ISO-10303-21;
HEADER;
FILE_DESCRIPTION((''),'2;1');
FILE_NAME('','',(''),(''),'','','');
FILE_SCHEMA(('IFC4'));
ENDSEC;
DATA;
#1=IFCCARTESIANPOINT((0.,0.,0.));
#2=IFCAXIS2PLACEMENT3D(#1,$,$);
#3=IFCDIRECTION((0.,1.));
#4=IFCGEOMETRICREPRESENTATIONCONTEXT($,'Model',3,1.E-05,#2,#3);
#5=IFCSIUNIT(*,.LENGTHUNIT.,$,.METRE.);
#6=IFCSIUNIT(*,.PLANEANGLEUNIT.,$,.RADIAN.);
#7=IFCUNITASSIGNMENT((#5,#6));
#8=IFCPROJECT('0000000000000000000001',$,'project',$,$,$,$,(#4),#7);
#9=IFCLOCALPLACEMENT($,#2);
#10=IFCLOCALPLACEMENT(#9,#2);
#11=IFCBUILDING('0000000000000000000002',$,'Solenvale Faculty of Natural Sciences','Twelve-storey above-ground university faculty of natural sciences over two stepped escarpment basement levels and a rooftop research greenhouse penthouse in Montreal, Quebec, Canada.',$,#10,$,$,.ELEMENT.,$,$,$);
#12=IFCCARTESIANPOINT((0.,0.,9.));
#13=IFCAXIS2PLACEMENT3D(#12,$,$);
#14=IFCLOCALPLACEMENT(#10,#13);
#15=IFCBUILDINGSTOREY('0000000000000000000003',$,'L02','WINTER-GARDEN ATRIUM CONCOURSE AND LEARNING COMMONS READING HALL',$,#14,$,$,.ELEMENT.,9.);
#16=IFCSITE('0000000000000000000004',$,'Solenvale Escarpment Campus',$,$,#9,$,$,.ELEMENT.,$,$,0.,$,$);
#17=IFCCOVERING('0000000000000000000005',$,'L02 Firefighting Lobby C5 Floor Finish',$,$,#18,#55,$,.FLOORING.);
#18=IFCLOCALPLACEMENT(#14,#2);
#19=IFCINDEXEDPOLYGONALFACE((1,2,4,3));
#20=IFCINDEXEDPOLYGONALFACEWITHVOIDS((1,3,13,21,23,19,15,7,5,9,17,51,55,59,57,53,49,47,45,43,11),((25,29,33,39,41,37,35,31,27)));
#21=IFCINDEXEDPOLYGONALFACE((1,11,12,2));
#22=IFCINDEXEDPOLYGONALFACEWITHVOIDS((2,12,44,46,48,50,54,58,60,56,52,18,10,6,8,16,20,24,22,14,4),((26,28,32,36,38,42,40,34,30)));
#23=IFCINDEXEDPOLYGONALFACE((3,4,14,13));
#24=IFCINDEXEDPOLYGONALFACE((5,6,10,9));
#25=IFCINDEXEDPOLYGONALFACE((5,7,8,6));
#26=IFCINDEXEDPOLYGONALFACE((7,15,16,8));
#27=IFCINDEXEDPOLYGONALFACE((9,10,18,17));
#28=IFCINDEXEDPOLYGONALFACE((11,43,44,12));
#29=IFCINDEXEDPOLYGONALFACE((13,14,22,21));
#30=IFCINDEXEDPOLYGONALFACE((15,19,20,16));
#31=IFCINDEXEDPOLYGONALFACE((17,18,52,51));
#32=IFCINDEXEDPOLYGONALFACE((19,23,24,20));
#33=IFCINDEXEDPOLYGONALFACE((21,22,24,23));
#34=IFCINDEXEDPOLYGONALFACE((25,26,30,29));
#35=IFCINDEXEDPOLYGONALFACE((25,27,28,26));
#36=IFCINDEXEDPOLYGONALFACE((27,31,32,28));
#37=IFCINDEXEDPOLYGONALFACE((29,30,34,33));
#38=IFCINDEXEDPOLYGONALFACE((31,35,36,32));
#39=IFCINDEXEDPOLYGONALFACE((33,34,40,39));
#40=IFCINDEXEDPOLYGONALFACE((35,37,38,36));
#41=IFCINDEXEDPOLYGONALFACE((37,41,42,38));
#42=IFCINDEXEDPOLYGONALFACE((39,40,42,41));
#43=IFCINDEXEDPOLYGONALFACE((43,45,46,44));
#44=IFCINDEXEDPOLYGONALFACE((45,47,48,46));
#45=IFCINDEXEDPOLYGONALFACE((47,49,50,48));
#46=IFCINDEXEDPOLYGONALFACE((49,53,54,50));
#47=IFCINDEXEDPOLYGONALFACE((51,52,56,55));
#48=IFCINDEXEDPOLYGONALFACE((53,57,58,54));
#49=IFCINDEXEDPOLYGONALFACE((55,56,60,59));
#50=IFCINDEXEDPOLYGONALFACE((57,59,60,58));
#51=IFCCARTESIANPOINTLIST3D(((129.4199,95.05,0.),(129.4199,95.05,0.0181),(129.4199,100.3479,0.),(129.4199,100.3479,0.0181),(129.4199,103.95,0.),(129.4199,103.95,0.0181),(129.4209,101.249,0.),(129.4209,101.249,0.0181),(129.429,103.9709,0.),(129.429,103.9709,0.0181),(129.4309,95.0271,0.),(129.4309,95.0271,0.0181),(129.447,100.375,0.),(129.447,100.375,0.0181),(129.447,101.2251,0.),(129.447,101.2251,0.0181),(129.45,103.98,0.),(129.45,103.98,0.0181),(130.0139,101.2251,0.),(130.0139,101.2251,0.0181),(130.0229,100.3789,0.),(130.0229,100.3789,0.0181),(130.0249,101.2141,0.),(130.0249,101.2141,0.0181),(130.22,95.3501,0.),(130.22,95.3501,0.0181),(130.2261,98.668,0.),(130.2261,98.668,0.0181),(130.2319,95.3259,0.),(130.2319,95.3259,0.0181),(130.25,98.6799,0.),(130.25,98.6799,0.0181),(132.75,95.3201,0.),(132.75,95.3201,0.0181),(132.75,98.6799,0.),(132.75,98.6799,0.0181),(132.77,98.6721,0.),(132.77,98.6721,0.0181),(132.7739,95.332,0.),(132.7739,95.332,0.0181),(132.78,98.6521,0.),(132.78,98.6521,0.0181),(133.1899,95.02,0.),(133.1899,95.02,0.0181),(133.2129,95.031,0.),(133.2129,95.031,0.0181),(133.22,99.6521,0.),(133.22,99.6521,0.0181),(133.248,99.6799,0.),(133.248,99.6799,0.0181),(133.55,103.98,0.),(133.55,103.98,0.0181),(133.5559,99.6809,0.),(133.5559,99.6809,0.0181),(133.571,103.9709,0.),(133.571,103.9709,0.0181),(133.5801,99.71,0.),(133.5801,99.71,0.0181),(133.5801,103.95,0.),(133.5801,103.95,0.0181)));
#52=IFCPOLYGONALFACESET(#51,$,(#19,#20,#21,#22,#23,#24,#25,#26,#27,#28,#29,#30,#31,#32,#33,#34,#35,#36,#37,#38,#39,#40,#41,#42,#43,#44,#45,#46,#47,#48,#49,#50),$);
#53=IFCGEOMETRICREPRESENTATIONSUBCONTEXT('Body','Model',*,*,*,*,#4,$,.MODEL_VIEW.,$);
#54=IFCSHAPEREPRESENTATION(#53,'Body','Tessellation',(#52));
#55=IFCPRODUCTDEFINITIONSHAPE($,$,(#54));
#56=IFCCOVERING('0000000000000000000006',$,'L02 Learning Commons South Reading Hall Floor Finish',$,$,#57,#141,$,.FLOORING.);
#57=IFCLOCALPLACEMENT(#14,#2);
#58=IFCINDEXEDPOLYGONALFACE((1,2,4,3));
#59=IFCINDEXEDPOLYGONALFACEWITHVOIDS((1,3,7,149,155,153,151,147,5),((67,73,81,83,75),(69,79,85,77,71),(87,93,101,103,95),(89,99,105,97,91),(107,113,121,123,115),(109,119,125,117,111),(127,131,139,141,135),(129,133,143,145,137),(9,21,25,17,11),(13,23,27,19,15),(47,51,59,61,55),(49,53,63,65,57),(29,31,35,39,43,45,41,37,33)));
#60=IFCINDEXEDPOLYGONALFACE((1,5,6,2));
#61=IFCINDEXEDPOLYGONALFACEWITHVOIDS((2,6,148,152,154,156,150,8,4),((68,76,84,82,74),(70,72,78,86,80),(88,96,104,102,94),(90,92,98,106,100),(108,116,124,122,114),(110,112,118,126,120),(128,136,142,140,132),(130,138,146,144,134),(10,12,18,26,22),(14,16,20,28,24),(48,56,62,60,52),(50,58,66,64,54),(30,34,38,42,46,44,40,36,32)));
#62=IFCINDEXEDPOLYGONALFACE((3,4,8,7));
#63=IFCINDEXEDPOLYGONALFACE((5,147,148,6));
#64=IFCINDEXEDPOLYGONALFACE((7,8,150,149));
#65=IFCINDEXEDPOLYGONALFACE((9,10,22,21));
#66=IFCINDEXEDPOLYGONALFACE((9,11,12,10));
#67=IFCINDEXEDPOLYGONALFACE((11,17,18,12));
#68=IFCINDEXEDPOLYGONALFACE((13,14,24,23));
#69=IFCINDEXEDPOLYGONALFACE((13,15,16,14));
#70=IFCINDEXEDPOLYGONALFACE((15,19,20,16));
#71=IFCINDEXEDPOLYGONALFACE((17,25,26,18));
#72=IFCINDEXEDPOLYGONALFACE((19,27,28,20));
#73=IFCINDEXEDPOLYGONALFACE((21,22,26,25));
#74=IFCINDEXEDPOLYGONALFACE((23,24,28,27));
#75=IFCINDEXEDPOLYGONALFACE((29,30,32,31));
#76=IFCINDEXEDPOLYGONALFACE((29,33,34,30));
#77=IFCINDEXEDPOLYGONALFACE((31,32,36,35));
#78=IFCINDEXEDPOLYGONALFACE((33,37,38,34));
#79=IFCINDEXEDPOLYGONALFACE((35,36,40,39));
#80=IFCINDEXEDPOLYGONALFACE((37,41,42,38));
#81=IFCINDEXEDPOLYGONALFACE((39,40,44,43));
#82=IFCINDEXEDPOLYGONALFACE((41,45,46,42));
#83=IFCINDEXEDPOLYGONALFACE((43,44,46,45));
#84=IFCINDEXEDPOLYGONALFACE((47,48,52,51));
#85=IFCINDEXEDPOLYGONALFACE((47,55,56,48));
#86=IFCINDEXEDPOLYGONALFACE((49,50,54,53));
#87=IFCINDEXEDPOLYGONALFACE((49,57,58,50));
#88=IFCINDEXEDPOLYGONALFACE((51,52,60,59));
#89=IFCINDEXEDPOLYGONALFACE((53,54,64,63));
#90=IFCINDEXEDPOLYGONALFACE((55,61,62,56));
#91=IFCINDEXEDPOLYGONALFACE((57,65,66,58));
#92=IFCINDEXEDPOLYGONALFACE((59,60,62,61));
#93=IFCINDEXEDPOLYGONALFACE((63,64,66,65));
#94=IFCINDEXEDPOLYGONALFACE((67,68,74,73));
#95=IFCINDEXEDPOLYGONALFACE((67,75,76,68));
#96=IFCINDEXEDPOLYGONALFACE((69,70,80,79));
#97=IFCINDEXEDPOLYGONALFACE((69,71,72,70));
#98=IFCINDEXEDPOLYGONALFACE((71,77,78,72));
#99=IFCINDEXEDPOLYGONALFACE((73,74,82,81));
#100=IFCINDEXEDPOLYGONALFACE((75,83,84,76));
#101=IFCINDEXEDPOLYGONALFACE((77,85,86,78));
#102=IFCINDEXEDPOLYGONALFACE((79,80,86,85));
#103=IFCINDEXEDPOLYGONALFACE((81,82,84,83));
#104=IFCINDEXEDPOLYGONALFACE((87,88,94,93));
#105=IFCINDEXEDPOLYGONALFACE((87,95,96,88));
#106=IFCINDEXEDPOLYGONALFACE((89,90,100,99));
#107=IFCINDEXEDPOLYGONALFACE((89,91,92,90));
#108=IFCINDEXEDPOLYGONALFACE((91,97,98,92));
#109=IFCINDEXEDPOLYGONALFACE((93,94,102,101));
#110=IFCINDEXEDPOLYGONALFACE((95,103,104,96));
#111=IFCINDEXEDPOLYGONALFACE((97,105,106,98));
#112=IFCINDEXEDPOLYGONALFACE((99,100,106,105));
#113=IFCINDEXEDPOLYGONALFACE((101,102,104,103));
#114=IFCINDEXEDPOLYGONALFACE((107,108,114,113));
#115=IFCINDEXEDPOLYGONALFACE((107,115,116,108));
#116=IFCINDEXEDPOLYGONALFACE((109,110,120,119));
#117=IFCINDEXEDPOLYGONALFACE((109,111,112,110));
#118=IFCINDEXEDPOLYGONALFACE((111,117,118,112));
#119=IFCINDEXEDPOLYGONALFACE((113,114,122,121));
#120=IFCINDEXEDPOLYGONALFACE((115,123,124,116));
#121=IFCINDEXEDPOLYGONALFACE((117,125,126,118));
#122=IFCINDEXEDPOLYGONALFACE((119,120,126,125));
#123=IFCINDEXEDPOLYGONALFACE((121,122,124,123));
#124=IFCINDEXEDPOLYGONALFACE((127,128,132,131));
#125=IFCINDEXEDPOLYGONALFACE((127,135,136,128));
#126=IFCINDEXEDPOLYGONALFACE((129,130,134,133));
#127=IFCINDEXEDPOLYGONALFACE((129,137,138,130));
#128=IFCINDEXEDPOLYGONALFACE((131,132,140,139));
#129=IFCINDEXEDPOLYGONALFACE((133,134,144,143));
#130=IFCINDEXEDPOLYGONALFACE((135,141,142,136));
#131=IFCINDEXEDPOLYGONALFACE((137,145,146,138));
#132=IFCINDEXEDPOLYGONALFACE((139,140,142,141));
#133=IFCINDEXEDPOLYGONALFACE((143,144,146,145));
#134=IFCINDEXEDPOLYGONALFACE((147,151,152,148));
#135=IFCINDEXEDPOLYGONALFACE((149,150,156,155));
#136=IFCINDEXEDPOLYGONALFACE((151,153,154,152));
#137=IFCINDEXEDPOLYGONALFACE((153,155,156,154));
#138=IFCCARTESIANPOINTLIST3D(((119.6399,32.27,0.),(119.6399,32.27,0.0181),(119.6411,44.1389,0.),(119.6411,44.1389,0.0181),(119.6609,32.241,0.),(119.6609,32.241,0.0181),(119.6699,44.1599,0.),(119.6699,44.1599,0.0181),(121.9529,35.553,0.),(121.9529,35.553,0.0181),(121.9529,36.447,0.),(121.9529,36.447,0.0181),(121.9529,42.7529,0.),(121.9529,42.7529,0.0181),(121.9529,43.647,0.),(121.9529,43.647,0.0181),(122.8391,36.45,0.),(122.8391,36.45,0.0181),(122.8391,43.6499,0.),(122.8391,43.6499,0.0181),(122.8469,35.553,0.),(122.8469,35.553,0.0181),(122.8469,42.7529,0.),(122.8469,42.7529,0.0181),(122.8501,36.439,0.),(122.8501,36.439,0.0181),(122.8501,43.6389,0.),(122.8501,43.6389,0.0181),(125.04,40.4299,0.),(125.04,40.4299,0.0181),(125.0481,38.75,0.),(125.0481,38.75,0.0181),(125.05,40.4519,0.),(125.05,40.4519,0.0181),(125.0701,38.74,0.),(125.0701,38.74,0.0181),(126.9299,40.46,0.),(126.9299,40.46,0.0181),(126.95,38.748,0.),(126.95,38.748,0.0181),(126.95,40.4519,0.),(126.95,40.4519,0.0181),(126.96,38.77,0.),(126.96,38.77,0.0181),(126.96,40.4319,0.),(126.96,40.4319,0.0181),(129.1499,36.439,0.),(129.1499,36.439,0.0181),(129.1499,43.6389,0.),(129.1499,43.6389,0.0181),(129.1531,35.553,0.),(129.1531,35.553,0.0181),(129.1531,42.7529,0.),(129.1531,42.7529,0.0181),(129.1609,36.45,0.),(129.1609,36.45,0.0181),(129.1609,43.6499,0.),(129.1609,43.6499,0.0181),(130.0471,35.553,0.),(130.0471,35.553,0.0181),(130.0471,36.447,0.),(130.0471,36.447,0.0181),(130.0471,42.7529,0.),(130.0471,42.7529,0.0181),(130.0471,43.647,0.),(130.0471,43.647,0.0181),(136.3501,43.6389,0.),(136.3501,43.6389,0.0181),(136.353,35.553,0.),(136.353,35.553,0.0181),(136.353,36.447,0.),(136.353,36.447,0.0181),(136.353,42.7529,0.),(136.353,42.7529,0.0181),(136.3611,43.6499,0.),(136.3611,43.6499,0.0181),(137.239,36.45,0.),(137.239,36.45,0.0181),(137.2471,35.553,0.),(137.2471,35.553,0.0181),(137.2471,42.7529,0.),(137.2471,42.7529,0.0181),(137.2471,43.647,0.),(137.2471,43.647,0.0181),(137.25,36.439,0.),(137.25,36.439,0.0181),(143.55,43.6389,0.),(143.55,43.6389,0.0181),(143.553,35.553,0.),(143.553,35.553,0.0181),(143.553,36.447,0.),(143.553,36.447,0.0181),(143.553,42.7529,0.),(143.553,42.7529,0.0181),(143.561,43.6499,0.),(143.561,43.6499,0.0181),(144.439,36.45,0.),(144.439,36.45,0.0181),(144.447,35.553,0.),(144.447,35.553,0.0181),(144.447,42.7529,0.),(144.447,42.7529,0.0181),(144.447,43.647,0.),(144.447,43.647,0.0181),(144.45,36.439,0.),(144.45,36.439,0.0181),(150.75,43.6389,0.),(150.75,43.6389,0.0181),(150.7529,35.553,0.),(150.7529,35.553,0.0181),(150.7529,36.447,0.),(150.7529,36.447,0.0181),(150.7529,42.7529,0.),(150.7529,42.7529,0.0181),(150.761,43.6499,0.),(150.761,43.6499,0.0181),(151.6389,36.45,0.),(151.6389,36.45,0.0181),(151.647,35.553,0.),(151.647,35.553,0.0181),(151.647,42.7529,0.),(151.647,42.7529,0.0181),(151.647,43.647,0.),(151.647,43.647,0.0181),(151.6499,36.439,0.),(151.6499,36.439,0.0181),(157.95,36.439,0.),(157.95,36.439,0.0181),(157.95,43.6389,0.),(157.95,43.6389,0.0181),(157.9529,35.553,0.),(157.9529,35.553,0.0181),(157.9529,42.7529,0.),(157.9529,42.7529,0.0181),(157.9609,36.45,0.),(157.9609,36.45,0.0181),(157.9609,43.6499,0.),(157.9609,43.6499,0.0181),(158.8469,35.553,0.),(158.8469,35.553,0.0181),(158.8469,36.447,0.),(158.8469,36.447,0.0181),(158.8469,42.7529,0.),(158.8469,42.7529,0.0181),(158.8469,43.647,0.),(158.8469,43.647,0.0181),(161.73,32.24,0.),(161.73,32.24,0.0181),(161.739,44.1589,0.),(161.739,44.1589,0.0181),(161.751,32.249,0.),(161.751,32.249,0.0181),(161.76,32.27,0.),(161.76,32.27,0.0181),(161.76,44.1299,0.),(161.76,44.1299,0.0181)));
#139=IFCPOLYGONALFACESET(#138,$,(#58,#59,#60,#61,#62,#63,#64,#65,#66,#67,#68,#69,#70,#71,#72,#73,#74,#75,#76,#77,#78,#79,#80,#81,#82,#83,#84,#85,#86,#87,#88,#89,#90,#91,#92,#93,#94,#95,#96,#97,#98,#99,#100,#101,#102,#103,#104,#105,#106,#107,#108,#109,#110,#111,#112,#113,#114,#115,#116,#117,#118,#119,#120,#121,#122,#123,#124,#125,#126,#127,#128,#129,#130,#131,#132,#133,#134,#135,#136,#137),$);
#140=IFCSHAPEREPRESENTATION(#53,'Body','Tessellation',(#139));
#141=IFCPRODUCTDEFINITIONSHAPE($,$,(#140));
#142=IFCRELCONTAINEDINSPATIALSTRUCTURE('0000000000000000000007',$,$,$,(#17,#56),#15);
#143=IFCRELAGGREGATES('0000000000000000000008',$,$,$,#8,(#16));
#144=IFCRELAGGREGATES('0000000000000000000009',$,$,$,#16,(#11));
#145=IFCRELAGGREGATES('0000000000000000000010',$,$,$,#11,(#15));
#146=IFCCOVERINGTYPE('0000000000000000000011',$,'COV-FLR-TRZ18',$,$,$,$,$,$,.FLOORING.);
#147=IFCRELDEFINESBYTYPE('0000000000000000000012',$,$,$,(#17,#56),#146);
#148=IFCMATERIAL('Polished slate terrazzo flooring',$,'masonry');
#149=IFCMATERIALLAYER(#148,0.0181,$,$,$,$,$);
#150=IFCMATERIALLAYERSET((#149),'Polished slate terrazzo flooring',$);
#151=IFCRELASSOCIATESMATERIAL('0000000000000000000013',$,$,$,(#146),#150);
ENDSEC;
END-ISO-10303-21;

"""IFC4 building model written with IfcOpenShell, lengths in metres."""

from ifc_helpers import new_model, si_unit, direction, frame, origin, place, context, subcontext, project, spatial, polyline, outline, extrude, material, layer, layer_set, type_object, element, save


model = new_model("IFC4")

# Units and contexts
model_context = context("Model", 3, precision=1e-05, world=origin(), true_north=direction((0.0, 1.0)))
body_context = subcontext(model_context, "Body", "Model", "MODEL_VIEW")
ifc_project = project(units=[si_unit("LENGTHUNIT", "METRE"), si_unit("PLANEANGLEUNIT", "RADIAN")], contexts=[model_context])

# Site, building, storey
site_placement = place(None, origin())
site = spatial("IfcSite", under=ifc_project, at=site_placement, Name="Solenvale Escarpment Campus", CompositionType="ELEMENT", RefElevation=0.0)
building_placement = place(site_placement, origin())
building = spatial("IfcBuilding", under=site, at=building_placement, Name="Solenvale Faculty of Natural Sciences", Description="Twelve-storey above-ground university faculty of natural sciences over two stepped escarpment basement levels and a rooftop research greenhouse penthouse in Montreal, Quebec, Canada.", CompositionType="ELEMENT")
storey_placement = place(building_placement, frame((0.0, 0.0, 9.0)))
storey = spatial("IfcBuildingStorey", under=building, at=storey_placement, Name="L02", Description="WINTER-GARDEN ATRIUM CONCOURSE AND LEARNING COMMONS READING HALL", CompositionType="ELEMENT", Elevation=9.0)

# Coverings
ifc_material_1 = material(Name="Polished slate terrazzo flooring", Category="masonry")
ifc_layer_1 = layer(ifc_material_1, 0.0181)
ifc_layer_set_1 = layer_set([ifc_layer_1], Name="Polished slate terrazzo flooring")
covering_type_1 = type_object("IfcCoveringType", Name="COV-FLR-TRZ18", PredefinedType="FLOORING", material=ifc_layer_set_1)
covering_1_placement = place(storey_placement, origin())
element("IfcCovering", 1, at=covering_1_placement, inside=storey, type_object=covering_type_1, Name="L02 Firefighting Lobby C5 Floor Finish", PredefinedType="FLOORING", context=body_context, shape_type="SweptSolid", body=[
    extrude(outline(polyline([(133.5801, 99.71), (133.5559, 99.6809), (133.248, 99.6799), (133.22, 99.6521), (133.2129, 95.031), (133.1899, 95.02), (129.4309, 95.0271), (129.4199, 95.05), (129.4199, 100.3479), (129.447, 100.375), (130.0229, 100.3789), (130.0249, 101.2141), (130.0139, 101.2251), (129.447, 101.2251), (129.4209, 101.249), (129.4199, 103.95), (129.429, 103.9709), (129.45, 103.98), (133.55, 103.98), (133.571, 103.9709), (133.5801, 103.95), (133.5801, 99.71)]), holes=[polyline([(132.78, 98.6521), (132.77, 98.6721), (132.75, 98.6799), (130.25, 98.6799), (130.2261, 98.668), (130.22, 95.3501), (130.2319, 95.3259), (132.75, 95.3201), (132.7739, 95.332), (132.78, 98.6521)])]), origin(), (0.0, 0.0, 1.0), 0.0181),
])
covering_2_placement = place(storey_placement, origin())
element("IfcCovering", 2, at=covering_2_placement, inside=storey, type_object=covering_type_1, Name="L02 Learning Commons South Reading Hall Floor Finish", PredefinedType="FLOORING", context=body_context, shape_type="SweptSolid", body=[
    extrude(outline(polyline([(161.76, 32.27), (161.751, 32.249), (161.73, 32.24), (119.6609, 32.241), (119.6399, 32.27), (119.6411, 44.1389), (119.6699, 44.1599), (161.739, 44.1589), (161.76, 44.1299), (161.76, 32.27)]), holes=[polyline([(157.9609, 36.45), (157.95, 36.439), (157.9529, 35.553), (158.8469, 35.553), (158.8469, 36.447), (157.9609, 36.45)]), polyline([(157.9609, 43.6499), (157.95, 43.6389), (157.9529, 42.7529), (158.8469, 42.7529), (158.8469, 43.647), (157.9609, 43.6499)]), polyline([(150.761, 43.6499), (150.75, 43.6389), (150.7529, 42.7529), (151.647, 42.7529), (151.647, 43.647), (150.761, 43.6499)]), polyline([(151.6499, 36.439), (151.6389, 36.45), (150.7529, 36.447), (150.7529, 35.553), (151.647, 35.553), (151.6499, 36.439)]), polyline([(143.561, 43.6499), (143.55, 43.6389), (143.553, 42.7529), (144.447, 42.7529), (144.447, 43.647), (143.561, 43.6499)]), polyline([(144.45, 36.439), (144.439, 36.45), (143.553, 36.447), (143.553, 35.553), (144.447, 35.553), (144.45, 36.439)]), polyline([(136.3611, 43.6499), (136.3501, 43.6389), (136.353, 42.7529), (137.2471, 42.7529), (137.2471, 43.647), (136.3611, 43.6499)]), polyline([(137.25, 36.439), (137.239, 36.45), (136.353, 36.447), (136.353, 35.553), (137.2471, 35.553), (137.25, 36.439)]), polyline([(129.1609, 36.45), (129.1499, 36.439), (129.1531, 35.553), (130.0471, 35.553), (130.0471, 36.447), (129.1609, 36.45)]), polyline([(129.1609, 43.6499), (129.1499, 43.6389), (129.1531, 42.7529), (130.0471, 42.7529), (130.0471, 43.647), (129.1609, 43.6499)]), polyline([(126.96, 40.4319), (126.95, 40.4519), (126.9299, 40.46), (125.05, 40.4519), (125.04, 40.4299), (125.0481, 38.75), (125.0701, 38.74), (126.95, 38.748), (126.96, 38.77), (126.96, 40.4319)]), polyline([(122.8501, 36.439), (122.8391, 36.45), (121.9529, 36.447), (121.9529, 35.553), (122.8469, 35.553), (122.8501, 36.439)]), polyline([(122.8501, 43.6389), (122.8391, 43.6499), (121.9529, 43.647), (121.9529, 42.7529), (122.8469, 42.7529), (122.8501, 43.6389)])]), origin(), (0.0, 0.0, 1.0), 0.0181),
])

save(model, "model.ifc")
